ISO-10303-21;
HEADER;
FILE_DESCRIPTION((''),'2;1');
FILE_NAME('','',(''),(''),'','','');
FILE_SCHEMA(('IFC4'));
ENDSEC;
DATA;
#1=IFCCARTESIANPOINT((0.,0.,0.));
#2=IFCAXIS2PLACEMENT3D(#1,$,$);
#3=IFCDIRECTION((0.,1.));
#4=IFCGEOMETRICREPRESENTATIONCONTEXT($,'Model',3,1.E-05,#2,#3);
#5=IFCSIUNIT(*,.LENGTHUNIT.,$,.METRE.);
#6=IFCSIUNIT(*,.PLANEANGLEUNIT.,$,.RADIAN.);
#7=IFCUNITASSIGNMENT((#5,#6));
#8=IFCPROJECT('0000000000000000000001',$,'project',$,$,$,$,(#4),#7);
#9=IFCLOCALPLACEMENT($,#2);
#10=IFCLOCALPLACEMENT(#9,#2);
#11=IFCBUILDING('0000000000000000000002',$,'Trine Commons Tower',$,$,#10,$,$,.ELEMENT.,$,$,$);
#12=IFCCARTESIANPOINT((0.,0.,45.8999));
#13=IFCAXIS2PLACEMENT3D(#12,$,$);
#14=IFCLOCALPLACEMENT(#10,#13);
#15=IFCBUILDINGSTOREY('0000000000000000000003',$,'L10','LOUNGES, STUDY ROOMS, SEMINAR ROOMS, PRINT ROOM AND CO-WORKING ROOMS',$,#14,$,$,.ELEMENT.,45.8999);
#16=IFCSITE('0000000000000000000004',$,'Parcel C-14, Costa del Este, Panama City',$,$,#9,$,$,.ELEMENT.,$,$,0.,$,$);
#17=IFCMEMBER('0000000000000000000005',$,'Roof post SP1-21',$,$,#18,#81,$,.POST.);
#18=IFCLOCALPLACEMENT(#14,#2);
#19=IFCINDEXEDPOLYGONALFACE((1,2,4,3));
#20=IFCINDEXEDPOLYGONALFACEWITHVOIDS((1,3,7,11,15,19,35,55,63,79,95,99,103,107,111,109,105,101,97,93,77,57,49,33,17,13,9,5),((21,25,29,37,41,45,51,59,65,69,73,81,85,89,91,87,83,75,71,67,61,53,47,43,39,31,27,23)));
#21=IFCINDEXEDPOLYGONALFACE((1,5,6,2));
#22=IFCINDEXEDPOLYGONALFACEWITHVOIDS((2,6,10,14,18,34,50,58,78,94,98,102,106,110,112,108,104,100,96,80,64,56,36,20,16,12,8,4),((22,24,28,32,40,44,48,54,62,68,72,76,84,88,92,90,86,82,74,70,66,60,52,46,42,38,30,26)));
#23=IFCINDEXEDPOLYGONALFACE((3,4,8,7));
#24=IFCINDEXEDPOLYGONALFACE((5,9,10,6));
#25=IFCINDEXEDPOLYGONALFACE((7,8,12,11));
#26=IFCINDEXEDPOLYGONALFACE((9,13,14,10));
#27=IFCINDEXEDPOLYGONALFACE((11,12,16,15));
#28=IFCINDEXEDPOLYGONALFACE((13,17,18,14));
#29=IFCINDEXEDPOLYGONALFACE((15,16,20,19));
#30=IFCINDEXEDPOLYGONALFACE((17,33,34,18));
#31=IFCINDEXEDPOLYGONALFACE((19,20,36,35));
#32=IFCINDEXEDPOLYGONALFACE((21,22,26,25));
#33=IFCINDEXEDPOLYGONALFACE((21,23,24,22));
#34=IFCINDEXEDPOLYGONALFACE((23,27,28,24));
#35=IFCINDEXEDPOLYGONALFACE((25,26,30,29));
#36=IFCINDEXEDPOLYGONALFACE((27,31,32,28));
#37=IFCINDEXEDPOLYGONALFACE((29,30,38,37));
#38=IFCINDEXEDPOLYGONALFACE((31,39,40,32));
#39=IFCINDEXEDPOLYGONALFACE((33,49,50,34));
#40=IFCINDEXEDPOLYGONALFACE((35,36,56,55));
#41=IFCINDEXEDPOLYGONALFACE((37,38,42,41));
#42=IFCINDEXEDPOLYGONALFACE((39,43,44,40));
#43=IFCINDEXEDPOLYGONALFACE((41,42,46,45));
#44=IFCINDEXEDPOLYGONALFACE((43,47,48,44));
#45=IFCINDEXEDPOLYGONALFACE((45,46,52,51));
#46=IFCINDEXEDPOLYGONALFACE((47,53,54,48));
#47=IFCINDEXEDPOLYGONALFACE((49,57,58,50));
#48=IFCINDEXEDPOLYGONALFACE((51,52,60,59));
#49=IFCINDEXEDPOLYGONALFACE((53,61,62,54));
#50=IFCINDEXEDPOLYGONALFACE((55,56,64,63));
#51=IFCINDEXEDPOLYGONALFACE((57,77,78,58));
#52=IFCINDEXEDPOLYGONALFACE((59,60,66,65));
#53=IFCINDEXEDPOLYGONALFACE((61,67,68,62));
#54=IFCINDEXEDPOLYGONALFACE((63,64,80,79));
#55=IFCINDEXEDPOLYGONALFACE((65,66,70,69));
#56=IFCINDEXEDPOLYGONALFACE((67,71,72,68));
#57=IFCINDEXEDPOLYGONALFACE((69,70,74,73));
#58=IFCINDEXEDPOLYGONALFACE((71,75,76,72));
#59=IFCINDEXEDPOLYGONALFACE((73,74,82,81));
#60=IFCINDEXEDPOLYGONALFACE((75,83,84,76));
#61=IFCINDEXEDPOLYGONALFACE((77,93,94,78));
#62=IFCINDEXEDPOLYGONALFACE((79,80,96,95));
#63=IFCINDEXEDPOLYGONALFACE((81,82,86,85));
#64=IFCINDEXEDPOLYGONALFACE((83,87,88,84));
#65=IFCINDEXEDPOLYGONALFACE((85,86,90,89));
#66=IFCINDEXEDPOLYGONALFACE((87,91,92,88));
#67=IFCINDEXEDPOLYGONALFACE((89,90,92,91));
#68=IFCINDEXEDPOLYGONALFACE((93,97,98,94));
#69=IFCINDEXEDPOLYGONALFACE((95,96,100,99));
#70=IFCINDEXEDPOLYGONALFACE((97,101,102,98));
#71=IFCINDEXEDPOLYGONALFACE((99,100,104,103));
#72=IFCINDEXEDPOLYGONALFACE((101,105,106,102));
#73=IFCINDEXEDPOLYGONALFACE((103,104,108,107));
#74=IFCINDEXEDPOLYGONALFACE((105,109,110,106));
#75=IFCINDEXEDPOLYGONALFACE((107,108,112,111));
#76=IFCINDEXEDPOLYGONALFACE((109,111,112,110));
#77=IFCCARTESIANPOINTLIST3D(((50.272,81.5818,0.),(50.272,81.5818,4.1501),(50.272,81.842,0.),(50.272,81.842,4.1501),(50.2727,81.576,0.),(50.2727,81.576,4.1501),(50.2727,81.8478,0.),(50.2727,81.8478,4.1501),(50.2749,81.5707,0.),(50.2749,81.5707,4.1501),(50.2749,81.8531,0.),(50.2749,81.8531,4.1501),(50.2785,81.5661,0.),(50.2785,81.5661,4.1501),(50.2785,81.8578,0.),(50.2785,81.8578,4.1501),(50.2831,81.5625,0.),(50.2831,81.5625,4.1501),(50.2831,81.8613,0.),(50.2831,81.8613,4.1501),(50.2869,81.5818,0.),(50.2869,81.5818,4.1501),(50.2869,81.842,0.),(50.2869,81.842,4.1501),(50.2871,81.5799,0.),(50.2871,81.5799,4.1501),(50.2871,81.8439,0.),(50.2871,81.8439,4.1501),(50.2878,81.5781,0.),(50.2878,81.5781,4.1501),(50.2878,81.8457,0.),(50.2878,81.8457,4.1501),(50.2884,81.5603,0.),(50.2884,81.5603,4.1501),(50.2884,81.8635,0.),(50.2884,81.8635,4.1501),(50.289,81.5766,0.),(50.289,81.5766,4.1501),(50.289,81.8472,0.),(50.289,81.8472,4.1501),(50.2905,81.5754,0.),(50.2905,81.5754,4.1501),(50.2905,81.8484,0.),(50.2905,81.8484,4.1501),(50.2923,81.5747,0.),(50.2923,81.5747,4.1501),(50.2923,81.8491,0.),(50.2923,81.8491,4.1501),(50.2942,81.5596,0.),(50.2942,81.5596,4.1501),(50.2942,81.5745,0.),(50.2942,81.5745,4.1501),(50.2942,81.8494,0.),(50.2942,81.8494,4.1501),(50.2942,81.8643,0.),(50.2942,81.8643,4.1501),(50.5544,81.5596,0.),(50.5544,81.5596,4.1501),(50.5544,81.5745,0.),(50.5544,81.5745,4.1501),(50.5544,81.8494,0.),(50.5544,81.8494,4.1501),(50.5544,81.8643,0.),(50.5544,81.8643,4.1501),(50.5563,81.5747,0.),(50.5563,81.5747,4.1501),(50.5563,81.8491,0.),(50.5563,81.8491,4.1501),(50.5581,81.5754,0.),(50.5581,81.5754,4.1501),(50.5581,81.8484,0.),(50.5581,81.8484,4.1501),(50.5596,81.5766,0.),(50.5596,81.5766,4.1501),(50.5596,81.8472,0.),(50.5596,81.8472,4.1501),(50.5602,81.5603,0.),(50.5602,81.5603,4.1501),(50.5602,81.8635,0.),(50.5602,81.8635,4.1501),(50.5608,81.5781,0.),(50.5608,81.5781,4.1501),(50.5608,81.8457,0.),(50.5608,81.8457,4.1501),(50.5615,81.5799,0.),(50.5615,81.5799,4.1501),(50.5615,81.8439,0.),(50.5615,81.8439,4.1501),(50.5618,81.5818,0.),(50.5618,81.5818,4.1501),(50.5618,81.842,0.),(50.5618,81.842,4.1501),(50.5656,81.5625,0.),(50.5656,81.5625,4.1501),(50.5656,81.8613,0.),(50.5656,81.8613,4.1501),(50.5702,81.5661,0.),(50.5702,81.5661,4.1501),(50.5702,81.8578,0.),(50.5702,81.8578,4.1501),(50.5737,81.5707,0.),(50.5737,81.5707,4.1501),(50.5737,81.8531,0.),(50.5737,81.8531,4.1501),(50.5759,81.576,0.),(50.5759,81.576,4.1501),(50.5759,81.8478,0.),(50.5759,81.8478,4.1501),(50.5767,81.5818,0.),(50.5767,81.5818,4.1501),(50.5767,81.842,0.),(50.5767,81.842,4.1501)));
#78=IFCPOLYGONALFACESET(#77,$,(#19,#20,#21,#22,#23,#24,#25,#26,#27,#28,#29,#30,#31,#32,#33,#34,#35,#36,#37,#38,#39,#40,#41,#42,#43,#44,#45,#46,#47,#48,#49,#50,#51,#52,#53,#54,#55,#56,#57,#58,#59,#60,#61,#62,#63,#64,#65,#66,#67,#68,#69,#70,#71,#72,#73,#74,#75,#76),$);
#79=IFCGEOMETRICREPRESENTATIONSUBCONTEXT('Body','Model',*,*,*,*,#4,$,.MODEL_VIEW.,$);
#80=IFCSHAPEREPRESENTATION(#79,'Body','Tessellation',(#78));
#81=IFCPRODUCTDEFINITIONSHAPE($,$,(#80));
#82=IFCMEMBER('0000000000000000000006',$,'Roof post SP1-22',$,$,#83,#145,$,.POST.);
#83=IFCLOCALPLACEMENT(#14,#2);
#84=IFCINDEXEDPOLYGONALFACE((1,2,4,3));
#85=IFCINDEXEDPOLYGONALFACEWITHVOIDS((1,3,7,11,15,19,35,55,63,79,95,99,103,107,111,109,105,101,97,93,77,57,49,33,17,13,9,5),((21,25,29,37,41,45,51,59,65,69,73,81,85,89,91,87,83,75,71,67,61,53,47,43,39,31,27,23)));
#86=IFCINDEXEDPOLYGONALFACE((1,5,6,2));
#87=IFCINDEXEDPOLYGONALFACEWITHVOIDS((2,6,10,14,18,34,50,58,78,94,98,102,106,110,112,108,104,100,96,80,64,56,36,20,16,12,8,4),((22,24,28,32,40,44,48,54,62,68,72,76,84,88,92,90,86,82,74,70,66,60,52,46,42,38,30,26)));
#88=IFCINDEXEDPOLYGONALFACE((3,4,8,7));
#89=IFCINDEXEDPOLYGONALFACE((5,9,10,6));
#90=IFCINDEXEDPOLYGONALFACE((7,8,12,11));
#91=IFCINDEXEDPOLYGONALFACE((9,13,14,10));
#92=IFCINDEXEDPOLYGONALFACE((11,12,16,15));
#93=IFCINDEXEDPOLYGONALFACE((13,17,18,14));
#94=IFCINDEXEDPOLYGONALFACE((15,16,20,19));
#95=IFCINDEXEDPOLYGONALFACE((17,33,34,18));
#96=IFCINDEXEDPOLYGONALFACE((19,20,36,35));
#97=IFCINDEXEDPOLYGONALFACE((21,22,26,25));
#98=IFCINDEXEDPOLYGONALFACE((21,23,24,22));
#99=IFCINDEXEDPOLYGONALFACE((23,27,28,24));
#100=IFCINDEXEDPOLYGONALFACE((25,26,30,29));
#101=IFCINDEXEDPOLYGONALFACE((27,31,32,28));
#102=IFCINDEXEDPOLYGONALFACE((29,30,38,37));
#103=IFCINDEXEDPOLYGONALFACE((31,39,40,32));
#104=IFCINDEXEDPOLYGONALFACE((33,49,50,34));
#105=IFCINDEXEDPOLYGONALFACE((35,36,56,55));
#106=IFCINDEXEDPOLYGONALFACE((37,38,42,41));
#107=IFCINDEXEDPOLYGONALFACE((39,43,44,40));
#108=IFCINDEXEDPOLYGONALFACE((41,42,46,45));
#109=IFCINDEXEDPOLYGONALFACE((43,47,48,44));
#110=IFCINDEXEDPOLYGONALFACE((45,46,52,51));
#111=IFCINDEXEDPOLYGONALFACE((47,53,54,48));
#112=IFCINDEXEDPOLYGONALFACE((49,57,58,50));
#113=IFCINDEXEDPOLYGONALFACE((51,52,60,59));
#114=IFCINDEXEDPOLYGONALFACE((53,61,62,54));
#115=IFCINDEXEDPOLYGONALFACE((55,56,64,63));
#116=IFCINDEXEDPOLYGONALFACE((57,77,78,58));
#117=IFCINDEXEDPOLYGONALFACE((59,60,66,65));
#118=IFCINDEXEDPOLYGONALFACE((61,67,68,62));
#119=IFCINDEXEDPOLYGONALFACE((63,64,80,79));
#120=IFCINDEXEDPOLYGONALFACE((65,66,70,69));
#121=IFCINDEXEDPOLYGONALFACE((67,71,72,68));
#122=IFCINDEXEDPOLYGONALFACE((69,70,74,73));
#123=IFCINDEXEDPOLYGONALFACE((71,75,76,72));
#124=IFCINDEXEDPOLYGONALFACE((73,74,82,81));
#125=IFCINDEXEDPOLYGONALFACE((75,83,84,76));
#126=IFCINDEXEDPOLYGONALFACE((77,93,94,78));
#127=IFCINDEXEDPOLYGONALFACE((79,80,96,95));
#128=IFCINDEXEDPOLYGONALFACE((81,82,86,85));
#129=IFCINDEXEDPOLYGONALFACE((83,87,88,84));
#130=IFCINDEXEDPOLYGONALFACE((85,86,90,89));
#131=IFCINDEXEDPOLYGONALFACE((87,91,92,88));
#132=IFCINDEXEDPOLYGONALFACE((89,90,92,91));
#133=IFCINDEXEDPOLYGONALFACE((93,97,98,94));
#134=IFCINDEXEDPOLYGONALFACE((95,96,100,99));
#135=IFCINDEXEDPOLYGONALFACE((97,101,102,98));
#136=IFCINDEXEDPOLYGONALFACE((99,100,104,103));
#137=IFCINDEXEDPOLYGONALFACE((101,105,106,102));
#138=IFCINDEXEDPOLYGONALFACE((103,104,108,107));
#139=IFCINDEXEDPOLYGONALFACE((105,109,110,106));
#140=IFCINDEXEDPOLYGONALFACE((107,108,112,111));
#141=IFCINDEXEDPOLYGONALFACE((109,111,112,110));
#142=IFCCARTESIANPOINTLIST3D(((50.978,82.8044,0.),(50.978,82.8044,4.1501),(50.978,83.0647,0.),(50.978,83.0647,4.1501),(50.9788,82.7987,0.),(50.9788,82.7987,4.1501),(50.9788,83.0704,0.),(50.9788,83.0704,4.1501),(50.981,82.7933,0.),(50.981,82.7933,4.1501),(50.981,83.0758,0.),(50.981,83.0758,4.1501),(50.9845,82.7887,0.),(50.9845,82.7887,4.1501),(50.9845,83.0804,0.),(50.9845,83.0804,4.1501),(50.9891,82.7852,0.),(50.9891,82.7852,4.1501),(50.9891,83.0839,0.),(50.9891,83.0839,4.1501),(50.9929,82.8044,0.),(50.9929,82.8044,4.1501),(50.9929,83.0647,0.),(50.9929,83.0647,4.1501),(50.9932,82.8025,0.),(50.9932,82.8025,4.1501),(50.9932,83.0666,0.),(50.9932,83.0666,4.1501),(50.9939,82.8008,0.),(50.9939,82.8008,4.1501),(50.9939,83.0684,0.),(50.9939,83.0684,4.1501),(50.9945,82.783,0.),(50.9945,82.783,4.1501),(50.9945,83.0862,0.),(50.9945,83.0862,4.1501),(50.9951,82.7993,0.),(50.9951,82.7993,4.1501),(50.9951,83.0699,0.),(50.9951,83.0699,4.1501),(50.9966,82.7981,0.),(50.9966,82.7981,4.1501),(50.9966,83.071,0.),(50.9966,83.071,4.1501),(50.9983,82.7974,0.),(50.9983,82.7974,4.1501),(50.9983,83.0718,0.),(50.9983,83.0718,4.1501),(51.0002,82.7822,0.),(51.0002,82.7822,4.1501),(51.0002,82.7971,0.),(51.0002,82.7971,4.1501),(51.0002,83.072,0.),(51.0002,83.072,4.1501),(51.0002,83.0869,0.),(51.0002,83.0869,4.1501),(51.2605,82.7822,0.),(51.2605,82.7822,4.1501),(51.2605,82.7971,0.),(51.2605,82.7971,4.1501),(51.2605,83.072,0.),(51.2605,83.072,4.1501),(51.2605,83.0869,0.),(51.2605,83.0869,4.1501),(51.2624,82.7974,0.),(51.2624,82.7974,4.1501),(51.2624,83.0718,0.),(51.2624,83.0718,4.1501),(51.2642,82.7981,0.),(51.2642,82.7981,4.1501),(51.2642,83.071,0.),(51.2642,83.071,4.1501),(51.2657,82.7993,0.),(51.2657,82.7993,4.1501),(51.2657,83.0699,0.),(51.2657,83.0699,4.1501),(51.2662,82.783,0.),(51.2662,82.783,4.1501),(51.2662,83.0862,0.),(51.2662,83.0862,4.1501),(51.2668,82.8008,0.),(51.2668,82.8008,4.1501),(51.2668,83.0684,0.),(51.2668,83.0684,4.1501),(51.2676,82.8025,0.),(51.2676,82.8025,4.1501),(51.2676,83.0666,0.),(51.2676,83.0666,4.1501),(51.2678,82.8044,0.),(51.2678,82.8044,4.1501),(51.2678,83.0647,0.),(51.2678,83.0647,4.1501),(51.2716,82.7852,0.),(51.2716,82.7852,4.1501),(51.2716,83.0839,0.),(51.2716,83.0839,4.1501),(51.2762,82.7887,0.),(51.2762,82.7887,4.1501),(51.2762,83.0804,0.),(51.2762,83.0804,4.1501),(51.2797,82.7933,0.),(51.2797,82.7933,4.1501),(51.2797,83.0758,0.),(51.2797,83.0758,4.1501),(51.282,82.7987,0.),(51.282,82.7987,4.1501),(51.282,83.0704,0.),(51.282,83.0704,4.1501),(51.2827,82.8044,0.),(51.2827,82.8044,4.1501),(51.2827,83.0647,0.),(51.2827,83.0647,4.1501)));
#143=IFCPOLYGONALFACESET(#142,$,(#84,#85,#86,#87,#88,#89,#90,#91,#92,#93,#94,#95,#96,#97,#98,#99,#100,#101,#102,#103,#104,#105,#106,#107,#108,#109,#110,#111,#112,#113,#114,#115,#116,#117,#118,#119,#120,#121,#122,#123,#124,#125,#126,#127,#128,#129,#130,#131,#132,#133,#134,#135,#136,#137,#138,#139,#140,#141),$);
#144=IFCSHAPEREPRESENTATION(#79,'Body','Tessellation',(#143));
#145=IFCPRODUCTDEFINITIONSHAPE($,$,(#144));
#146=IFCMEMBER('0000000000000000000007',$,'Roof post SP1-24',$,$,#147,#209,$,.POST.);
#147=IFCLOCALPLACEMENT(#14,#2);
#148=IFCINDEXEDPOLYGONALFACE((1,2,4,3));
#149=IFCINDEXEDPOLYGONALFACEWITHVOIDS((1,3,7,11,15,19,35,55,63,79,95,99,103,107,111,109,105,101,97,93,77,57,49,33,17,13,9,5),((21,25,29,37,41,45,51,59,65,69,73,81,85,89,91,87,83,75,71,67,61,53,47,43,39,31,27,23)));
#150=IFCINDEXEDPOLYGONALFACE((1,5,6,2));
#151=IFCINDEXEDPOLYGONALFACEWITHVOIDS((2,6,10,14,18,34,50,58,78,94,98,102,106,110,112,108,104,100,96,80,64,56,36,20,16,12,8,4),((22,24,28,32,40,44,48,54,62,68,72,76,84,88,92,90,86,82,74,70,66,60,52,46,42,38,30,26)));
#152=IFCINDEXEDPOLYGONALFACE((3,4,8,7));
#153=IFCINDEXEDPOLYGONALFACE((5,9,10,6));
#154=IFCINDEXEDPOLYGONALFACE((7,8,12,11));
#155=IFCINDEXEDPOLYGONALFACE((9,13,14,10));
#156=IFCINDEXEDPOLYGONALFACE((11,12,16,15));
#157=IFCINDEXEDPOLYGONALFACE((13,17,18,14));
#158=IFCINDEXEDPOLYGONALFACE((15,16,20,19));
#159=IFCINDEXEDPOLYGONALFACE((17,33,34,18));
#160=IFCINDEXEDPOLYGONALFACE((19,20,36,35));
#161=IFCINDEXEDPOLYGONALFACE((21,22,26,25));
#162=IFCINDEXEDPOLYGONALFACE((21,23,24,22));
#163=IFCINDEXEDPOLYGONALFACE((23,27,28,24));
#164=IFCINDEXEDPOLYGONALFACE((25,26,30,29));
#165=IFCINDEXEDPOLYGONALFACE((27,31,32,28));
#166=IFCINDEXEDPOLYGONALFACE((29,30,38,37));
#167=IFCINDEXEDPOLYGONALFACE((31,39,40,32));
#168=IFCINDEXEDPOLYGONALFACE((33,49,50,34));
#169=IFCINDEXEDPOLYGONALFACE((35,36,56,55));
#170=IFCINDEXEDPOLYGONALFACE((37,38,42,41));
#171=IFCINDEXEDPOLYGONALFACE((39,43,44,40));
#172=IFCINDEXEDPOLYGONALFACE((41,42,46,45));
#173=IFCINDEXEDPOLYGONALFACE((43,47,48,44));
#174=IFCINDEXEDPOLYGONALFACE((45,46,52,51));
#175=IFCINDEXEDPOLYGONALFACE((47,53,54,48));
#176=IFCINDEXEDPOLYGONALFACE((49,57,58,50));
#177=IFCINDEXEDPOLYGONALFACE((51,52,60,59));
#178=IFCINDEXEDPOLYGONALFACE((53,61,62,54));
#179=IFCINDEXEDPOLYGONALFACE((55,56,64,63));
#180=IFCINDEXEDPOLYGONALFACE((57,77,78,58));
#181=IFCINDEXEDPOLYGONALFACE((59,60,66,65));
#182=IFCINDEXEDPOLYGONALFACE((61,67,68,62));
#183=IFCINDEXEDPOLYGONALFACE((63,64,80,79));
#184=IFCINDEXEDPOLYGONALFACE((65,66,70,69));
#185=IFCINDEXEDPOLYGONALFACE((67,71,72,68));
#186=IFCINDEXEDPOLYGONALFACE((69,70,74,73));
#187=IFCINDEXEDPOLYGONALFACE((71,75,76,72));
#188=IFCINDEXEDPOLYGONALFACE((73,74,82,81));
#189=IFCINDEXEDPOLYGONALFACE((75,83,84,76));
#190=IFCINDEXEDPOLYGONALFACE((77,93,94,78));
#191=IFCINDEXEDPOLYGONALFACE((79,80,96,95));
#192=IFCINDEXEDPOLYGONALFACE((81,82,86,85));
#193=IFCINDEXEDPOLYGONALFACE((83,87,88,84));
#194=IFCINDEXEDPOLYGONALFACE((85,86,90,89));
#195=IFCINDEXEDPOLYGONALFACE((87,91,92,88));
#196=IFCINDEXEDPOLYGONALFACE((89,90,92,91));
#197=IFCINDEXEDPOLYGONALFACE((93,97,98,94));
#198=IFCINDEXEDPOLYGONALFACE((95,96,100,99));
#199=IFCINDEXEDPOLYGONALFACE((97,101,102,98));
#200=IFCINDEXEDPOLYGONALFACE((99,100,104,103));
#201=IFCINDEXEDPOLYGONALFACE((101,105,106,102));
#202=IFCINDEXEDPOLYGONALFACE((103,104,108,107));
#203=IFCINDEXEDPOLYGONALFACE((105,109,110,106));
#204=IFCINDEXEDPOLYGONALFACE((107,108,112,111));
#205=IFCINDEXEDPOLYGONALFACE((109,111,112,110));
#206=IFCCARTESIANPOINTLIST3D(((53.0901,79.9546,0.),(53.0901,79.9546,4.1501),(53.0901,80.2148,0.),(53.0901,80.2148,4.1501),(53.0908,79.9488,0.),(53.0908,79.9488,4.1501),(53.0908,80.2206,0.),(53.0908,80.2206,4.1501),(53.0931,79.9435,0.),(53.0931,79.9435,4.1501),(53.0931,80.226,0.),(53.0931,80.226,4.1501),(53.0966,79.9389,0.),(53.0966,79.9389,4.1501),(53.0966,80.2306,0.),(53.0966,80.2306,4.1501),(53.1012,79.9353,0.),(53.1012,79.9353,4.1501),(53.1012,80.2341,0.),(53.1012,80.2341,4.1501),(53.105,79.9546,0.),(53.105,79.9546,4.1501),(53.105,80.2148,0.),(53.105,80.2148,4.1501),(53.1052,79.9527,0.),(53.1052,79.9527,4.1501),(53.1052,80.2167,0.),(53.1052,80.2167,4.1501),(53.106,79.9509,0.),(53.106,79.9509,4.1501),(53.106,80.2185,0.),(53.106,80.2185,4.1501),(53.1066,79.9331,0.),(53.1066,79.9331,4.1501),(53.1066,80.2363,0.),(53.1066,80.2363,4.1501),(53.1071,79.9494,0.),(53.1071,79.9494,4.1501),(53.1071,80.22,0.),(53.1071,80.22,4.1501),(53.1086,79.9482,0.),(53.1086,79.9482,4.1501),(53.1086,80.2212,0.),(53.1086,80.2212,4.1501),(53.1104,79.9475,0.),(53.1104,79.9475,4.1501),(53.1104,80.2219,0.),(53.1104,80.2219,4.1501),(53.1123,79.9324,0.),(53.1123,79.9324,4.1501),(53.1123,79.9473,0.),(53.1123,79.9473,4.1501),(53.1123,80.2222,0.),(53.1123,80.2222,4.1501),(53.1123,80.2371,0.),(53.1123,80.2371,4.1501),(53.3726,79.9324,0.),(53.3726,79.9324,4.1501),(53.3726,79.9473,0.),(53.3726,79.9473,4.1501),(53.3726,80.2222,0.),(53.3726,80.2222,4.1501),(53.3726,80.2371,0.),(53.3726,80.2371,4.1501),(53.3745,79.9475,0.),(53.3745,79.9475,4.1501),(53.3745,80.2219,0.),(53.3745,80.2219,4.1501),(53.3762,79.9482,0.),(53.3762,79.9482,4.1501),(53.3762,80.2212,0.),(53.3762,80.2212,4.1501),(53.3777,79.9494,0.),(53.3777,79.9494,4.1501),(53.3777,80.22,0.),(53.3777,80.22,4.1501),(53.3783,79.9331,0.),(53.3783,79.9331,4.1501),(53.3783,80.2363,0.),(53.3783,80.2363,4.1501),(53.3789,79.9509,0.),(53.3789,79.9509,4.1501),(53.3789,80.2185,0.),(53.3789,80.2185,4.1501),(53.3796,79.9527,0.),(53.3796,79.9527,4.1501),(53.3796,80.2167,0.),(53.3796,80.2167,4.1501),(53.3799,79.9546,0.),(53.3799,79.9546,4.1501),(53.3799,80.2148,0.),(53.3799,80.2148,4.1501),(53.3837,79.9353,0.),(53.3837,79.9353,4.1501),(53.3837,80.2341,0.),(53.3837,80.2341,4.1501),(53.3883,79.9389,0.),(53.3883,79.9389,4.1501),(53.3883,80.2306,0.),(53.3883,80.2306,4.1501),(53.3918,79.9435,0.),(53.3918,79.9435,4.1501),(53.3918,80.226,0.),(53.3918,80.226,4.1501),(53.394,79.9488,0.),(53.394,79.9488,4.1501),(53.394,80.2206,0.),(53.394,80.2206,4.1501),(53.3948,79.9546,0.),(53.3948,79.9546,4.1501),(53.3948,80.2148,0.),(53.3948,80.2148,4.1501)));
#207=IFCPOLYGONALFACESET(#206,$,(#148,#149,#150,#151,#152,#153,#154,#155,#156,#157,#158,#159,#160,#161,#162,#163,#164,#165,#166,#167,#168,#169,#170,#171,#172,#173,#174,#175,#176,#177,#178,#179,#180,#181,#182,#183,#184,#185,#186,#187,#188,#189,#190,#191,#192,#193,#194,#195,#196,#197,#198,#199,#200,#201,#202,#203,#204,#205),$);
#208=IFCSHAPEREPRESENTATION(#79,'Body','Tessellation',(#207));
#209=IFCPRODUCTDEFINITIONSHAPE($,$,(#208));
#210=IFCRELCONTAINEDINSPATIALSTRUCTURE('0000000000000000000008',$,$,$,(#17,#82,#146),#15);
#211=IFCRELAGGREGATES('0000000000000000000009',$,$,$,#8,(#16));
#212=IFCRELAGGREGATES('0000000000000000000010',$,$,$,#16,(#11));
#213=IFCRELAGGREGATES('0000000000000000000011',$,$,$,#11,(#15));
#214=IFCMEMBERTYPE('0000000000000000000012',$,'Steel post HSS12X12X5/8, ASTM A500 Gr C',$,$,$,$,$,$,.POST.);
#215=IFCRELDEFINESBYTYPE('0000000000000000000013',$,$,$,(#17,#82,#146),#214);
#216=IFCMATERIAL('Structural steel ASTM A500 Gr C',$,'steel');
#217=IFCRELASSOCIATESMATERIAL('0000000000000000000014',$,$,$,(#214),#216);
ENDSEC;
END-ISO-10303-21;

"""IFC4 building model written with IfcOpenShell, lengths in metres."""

from ifc_helpers import new_model, si_unit, direction, frame, origin, origin_2d, place, context, subcontext, project, spatial, hollow_rectangle, extrude, material, material_profile, profile_set, type_object, element, save


model = new_model("IFC4")

# Units and contexts
model_context = context("Model", 3, precision=1e-05, world=origin(), true_north=direction((0.0, 1.0)))
body_context = subcontext(model_context, "Body", "Model", "MODEL_VIEW")
ifc_project = project(units=[si_unit("LENGTHUNIT", "METRE"), si_unit("PLANEANGLEUNIT", "RADIAN")], contexts=[model_context])

# Site, building, storey
site_placement = place(None, origin())
site = spatial("IfcSite", under=ifc_project, at=site_placement, Name="Parcel C-14, Costa del Este, Panama City", CompositionType="ELEMENT", RefElevation=0.0)
building_placement = place(site_placement, origin())
building = spatial("IfcBuilding", under=site, at=building_placement, Name="Trine Commons Tower", CompositionType="ELEMENT")
storey_placement = place(building_placement, frame((0.0, 0.0, 45.8999)))
storey = spatial("IfcBuildingStorey", under=building, at=storey_placement, Name="L10", Description="LOUNGES, STUDY ROOMS, SEMINAR ROOMS, PRINT ROOM AND CO-WORKING ROOMS", CompositionType="ELEMENT", Elevation=45.8999)

# Members
ifc_material_1 = material(Name="Structural steel ASTM A500 Gr C", Category="steel")
ifc_material_profile_1 = material_profile(ifc_material_1, hollow_rectangle(XDim=0.3047, YDim=0.3047, WallThickness=0.0149, InnerFilletRadius=0.0073, OuterFilletRadius=0.0222, at=origin_2d()), Name="HSS12X12X5/8")
ifc_profile_set_1 = profile_set([ifc_material_profile_1], Name="Structural steel ASTM A500 Gr C")
member_type_1 = type_object("IfcMemberType", Name="Steel post HSS12X12X5/8, ASTM A500 Gr C", PredefinedType="POST", material=ifc_profile_set_1)
for number, where, z_axis, x_axis, name in (
    (1, (50.4243, 81.7119, 0.0), (0.0, 0.0, 1.0), (1.0, 0.0, 0.0), "Roof post SP1-21"),
    (2, (51.1304, 82.9346, 0.0), (0.0, 0.0, 1.0), (1.0, 0.0, 0.0), "Roof post SP1-22"),
    (3, (53.2424, 80.0847, 0.0), (0.0, 0.0, 1.0), (1.0, 0.0, 0.0), "Roof post SP1-24"),
):
    element("IfcMember", number, at=place(storey_placement, frame(where, z_axis=z_axis, x_axis=x_axis)), inside=storey, type_object=member_type_1, Name=name, PredefinedType="POST", context=body_context, shape_type="SweptSolid", body=[
        extrude(hollow_rectangle(XDim=0.3047, YDim=0.3047, WallThickness=0.0149, InnerFilletRadius=0.0073, OuterFilletRadius=0.0222, at=origin_2d()), origin(), (0.0, 0.0, 1.0), 4.1501),
    ])

save(model, "model.ifc")
